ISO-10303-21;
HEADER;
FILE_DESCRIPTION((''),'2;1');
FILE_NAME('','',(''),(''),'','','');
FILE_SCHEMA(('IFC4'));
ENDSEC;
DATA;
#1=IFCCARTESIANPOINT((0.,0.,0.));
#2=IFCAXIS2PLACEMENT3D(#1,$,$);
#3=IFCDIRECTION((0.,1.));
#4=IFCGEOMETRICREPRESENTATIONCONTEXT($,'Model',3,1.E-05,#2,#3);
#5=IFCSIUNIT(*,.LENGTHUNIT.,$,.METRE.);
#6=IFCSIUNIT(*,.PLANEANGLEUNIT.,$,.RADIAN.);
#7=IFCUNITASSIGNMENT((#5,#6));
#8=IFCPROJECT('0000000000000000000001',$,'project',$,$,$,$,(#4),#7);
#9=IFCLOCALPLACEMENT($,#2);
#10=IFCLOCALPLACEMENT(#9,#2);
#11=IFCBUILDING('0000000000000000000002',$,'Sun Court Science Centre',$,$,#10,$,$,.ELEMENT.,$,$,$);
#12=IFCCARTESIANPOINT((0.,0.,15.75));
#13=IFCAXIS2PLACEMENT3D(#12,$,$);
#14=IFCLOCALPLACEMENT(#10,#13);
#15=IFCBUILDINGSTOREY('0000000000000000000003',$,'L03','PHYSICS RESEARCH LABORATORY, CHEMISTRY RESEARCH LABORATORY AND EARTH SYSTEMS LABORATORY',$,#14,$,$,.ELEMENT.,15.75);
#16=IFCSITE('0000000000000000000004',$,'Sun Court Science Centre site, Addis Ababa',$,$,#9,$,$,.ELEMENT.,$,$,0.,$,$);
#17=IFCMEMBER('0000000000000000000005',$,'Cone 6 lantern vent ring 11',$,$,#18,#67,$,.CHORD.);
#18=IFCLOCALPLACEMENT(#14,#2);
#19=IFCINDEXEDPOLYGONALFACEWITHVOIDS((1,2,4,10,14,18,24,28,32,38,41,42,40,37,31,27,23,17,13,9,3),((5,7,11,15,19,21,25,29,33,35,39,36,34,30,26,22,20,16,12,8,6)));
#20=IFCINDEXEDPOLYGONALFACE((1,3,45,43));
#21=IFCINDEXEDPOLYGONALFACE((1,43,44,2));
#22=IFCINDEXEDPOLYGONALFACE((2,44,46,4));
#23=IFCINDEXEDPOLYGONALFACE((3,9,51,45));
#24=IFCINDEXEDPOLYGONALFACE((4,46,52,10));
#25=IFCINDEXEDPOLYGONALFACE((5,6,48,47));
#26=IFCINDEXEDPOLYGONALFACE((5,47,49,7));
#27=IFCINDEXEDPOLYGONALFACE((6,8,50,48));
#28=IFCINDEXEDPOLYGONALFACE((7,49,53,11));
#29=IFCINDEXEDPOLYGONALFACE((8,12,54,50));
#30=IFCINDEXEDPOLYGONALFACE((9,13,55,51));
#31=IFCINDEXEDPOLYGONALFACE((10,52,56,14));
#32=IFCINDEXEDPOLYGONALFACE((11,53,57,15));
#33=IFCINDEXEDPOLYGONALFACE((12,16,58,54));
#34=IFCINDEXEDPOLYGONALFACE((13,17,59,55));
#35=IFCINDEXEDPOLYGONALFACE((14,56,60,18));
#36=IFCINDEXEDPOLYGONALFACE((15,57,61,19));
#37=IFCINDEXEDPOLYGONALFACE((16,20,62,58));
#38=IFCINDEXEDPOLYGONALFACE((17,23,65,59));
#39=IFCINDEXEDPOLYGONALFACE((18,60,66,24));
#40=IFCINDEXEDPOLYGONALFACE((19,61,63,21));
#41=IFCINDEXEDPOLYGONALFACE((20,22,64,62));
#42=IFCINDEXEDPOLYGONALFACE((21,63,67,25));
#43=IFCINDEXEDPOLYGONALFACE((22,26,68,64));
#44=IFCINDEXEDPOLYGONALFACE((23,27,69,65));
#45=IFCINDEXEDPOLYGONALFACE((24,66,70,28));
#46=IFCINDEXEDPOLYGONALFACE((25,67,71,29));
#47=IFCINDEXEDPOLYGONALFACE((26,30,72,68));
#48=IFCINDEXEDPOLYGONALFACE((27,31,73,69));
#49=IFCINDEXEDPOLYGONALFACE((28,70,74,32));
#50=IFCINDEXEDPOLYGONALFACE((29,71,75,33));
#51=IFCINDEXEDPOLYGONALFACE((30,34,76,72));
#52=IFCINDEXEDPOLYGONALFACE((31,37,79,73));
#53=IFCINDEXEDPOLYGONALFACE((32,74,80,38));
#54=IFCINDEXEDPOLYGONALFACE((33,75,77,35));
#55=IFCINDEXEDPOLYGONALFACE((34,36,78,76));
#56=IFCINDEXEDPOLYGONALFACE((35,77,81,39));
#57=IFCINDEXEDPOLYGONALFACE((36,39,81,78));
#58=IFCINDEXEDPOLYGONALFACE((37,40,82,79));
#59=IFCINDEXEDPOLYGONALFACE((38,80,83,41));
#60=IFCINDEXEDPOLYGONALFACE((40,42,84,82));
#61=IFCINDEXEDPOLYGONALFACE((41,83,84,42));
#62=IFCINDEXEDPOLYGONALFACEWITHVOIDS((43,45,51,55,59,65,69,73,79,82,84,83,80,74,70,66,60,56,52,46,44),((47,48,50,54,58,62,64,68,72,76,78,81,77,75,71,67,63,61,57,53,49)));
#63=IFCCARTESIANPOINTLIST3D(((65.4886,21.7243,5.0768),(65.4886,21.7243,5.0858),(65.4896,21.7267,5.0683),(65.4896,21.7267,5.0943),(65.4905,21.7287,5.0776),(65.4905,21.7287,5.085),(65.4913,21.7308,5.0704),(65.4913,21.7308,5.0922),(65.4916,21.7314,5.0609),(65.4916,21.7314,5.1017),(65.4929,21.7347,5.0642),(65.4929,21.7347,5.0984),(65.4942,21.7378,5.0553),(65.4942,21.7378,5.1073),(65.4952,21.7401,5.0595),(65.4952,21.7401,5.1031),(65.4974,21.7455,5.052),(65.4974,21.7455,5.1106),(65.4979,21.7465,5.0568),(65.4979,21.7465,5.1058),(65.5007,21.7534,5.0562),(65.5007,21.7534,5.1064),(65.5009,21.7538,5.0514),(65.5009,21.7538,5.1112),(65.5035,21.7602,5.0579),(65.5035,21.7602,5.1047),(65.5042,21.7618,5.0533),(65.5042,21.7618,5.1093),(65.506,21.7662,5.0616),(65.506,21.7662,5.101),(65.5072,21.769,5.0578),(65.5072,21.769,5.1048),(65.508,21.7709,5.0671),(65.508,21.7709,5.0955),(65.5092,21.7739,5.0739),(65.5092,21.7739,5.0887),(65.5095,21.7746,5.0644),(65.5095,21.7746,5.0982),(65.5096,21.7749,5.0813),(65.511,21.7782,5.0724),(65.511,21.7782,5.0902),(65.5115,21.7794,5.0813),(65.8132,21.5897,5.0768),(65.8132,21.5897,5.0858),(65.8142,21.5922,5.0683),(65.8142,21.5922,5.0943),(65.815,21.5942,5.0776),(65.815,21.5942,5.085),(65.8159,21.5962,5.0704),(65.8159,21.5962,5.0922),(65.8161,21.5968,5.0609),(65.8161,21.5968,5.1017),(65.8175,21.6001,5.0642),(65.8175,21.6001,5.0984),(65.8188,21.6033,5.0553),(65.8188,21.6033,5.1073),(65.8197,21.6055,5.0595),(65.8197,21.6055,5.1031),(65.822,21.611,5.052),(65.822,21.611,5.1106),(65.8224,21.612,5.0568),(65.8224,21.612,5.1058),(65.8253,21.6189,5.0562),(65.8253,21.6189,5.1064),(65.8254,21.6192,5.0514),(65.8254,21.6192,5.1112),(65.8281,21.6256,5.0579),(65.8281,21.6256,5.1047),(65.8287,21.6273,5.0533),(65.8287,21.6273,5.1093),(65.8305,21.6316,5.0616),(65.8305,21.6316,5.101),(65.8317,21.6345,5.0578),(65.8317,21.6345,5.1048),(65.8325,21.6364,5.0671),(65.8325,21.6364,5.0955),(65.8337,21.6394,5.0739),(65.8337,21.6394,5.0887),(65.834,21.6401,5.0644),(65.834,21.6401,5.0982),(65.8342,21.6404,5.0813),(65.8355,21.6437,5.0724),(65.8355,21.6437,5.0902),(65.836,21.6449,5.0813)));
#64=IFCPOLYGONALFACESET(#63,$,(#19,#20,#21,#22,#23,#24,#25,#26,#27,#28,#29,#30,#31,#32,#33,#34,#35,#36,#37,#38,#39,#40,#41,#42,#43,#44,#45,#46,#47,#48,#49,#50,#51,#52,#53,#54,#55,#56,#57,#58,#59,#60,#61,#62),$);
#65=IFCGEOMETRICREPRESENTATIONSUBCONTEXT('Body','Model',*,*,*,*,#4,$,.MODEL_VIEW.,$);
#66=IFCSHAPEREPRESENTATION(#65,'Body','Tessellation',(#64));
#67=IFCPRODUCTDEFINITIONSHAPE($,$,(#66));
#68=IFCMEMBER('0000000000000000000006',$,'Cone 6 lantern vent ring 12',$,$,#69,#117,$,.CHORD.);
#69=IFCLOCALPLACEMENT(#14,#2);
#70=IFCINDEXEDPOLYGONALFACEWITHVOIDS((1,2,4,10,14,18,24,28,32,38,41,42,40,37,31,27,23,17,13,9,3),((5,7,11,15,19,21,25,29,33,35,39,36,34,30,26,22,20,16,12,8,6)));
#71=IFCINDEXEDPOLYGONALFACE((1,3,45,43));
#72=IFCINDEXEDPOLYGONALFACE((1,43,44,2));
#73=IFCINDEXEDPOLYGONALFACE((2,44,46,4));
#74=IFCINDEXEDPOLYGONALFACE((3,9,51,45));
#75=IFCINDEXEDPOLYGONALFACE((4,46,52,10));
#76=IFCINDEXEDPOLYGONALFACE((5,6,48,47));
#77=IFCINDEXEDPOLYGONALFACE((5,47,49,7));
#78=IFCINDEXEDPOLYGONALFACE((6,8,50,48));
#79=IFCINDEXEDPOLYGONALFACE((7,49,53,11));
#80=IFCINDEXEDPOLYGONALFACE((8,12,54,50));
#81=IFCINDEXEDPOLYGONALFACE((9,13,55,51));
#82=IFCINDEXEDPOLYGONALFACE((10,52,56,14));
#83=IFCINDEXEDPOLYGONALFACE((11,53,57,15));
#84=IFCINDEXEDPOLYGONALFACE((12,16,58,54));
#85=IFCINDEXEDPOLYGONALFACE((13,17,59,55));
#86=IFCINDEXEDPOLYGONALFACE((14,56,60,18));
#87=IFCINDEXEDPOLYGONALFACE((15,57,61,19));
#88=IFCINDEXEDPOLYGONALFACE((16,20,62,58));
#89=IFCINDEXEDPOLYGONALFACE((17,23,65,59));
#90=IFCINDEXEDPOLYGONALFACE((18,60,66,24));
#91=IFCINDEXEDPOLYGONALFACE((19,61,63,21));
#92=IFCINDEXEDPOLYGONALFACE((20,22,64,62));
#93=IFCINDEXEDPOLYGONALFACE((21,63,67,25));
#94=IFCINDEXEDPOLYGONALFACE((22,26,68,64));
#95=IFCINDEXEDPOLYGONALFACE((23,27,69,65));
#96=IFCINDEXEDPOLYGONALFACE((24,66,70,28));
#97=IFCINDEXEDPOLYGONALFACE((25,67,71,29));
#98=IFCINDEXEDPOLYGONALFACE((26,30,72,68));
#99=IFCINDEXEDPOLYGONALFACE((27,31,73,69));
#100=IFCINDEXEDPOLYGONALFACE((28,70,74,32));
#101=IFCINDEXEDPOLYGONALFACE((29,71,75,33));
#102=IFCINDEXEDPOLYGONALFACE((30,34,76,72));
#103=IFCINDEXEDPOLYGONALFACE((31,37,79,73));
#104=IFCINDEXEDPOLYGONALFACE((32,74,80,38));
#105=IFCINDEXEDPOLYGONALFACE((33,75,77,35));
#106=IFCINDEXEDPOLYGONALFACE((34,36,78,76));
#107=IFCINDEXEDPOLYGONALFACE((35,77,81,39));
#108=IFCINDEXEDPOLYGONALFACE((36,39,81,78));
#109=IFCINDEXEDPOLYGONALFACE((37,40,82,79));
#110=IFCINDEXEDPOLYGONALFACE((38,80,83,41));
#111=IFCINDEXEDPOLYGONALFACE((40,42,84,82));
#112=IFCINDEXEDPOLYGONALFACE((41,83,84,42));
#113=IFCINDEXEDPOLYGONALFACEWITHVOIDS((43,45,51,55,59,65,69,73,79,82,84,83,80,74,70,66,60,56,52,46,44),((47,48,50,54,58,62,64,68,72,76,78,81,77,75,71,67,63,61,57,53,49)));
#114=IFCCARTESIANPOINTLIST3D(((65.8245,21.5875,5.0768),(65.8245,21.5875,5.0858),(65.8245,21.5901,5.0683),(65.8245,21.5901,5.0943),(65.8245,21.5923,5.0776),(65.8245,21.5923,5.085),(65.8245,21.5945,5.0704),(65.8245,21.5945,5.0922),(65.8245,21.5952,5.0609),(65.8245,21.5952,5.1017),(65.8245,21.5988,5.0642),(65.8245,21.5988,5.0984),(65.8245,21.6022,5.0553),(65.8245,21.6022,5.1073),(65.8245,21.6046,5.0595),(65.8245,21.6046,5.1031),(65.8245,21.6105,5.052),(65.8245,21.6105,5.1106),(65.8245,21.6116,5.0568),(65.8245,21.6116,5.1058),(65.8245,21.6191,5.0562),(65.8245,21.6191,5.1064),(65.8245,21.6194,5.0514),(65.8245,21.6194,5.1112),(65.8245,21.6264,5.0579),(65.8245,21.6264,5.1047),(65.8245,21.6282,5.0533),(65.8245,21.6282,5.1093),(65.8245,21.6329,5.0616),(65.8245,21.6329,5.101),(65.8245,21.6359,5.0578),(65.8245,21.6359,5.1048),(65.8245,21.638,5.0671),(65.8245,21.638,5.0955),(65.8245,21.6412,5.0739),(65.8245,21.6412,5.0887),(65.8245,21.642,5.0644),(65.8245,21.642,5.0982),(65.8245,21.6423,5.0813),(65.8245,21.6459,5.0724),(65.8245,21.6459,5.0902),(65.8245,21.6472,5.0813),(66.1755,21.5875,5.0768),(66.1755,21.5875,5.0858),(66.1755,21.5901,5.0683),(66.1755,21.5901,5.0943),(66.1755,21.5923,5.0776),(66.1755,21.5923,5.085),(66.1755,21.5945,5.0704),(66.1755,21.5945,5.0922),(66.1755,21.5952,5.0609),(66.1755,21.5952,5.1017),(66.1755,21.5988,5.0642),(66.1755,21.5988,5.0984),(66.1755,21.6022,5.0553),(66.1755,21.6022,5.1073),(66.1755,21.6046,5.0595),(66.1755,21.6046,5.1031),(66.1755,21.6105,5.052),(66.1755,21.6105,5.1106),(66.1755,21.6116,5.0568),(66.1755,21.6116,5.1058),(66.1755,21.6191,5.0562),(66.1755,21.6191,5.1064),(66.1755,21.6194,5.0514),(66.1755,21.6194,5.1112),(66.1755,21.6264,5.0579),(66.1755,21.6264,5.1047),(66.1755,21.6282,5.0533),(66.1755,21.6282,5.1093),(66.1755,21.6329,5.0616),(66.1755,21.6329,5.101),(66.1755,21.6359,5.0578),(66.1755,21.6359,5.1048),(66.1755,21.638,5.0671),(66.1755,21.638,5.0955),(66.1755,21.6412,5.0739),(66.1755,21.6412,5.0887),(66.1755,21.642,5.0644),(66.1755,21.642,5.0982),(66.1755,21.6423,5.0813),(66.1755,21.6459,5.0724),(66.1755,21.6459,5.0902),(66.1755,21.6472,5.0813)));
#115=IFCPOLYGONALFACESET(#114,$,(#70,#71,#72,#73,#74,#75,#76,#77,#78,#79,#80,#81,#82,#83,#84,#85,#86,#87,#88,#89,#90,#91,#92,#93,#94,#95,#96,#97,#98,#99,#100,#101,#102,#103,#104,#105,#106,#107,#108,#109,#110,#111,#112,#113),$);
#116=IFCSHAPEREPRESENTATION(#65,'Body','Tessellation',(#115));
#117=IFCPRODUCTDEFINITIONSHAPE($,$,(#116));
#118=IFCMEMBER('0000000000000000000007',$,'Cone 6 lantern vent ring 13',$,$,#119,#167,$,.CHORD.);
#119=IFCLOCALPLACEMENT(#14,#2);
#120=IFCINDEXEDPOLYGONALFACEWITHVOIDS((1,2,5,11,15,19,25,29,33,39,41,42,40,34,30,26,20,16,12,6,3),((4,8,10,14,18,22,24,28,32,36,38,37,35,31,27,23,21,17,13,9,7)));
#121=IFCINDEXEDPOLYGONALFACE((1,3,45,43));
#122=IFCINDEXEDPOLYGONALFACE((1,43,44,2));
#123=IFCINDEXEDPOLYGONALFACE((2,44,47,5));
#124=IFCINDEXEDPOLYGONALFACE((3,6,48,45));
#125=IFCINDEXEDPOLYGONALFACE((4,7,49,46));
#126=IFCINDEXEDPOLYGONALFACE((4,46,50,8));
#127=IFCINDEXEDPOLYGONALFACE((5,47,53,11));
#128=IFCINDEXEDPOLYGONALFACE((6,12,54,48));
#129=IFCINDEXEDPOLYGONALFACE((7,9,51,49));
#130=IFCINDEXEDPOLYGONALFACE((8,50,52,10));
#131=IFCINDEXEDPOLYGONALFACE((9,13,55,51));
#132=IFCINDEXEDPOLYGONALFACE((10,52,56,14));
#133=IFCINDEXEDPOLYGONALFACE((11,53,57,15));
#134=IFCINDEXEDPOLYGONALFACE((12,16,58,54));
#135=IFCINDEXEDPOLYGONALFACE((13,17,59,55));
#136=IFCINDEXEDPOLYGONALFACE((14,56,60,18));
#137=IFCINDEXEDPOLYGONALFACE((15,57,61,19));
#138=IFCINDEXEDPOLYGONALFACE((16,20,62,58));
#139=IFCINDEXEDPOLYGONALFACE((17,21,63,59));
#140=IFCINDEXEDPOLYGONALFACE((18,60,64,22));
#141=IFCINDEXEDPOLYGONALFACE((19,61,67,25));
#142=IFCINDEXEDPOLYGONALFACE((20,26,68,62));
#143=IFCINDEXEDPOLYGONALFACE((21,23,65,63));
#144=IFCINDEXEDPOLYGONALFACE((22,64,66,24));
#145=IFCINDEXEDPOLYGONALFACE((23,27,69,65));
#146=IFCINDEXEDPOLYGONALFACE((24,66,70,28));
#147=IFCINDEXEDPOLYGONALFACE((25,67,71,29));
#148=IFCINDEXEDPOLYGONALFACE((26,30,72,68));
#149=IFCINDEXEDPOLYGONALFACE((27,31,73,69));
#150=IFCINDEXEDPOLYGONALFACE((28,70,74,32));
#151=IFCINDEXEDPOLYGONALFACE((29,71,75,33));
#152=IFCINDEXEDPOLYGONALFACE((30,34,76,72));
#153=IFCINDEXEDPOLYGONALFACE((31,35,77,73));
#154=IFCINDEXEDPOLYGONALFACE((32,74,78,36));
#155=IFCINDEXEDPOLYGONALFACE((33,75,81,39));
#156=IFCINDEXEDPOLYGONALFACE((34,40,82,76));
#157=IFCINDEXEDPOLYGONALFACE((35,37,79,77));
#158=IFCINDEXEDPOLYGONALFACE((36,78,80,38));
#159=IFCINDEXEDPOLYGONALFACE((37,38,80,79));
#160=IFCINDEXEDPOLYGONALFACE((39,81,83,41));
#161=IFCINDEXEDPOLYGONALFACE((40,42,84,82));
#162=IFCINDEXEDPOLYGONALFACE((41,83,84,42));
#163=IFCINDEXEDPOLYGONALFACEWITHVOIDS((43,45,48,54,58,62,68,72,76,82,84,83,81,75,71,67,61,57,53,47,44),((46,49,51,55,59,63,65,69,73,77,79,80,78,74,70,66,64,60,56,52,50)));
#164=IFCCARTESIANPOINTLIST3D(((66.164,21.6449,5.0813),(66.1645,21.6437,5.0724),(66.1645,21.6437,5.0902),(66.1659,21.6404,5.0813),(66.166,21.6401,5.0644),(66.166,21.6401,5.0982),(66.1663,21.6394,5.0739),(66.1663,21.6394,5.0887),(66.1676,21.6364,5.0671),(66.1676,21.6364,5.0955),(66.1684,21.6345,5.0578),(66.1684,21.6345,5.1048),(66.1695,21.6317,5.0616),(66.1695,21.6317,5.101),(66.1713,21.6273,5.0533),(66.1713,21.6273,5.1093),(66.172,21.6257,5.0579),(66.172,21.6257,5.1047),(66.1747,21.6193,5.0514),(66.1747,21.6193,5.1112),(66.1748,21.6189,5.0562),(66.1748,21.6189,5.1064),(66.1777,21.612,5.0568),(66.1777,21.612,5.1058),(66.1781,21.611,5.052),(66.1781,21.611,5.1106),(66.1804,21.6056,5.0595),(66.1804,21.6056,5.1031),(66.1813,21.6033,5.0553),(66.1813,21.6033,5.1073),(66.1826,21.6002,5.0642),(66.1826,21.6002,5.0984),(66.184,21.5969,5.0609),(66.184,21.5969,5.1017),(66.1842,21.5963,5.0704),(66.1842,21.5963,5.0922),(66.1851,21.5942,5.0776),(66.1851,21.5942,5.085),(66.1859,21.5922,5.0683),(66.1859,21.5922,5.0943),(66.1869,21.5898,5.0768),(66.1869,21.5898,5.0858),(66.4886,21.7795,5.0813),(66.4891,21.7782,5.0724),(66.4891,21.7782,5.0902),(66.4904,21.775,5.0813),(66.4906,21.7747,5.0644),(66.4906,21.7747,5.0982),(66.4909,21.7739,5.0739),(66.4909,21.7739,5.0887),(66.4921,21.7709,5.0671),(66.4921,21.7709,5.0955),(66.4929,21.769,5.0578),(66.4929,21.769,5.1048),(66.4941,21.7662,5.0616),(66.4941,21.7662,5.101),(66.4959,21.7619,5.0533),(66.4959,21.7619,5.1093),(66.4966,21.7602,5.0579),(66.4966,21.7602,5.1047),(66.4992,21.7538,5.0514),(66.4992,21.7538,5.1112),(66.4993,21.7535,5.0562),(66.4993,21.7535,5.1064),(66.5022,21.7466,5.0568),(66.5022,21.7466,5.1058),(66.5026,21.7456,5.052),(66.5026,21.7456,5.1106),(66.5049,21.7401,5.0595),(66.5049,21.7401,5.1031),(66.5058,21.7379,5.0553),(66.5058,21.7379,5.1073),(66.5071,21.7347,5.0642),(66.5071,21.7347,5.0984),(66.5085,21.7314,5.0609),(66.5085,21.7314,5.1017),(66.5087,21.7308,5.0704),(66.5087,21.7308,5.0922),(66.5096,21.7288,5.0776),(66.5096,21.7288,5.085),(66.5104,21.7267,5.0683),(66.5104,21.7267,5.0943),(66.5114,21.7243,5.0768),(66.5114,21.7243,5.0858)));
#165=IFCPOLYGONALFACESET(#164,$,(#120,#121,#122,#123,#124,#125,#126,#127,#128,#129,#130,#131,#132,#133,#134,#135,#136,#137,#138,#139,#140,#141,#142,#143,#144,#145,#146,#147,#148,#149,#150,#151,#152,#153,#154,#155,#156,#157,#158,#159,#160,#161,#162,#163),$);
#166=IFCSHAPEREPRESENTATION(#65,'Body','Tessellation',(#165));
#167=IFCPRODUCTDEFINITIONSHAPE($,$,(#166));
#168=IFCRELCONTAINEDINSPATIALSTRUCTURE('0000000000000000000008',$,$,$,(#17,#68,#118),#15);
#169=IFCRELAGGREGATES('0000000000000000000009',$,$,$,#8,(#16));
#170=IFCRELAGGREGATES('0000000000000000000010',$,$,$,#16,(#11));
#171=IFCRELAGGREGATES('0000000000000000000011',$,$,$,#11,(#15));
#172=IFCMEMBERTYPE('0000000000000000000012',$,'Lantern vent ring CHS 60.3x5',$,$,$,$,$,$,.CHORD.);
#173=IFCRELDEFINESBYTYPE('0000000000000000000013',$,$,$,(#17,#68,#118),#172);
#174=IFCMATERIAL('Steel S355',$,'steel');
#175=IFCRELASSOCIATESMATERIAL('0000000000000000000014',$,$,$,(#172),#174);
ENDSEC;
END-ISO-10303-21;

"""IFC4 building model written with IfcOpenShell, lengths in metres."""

from ifc_helpers import new_model, si_unit, direction, frame, origin, origin_2d, place, context, subcontext, project, spatial, hollow_circle, extrude, material, material_profile, profile_set, type_object, element, save


model = new_model("IFC4")

# Units and contexts
model_context = context("Model", 3, precision=1e-05, world=origin(), true_north=direction((0.0, 1.0)))
body_context = subcontext(model_context, "Body", "Model", "MODEL_VIEW")
ifc_project = project(units=[si_unit("LENGTHUNIT", "METRE"), si_unit("PLANEANGLEUNIT", "RADIAN")], contexts=[model_context])

# Site, building, storey
site_placement = place(None, origin())
site = spatial("IfcSite", under=ifc_project, at=site_placement, Name="Sun Court Science Centre site, Addis Ababa", CompositionType="ELEMENT", RefElevation=0.0)
building_placement = place(site_placement, origin())
building = spatial("IfcBuilding", under=site, at=building_placement, Name="Sun Court Science Centre", CompositionType="ELEMENT")
storey_placement = place(building_placement, frame((0.0, 0.0, 15.75)))
storey = spatial("IfcBuildingStorey", under=building, at=storey_placement, Name="L03", Description="PHYSICS RESEARCH LABORATORY, CHEMISTRY RESEARCH LABORATORY AND EARTH SYSTEMS LABORATORY", CompositionType="ELEMENT", Elevation=15.75)

# Members
ifc_material_1 = material(Name="Steel S355", Category="steel")
ifc_material_profile_1 = material_profile(ifc_material_1, hollow_circle(Radius=0.03, WallThickness=0.0049, at=origin_2d()), Name="CHS 60.3x5")
ifc_profile_set_1 = profile_set([ifc_material_profile_1], Name="Steel S355")
member_type_1 = type_object("IfcMemberType", Name="Lantern vent ring CHS 60.3x5", PredefinedType="CHORD", material=ifc_profile_set_1)
member_1_placement = place(storey_placement, frame((65.5, 21.7517, 5.0813), z_axis=(0.923754, -0.382986, 0.0), x_axis=(0.382986, 0.923754, 0.0)))
element("IfcMember", 1, at=member_1_placement, inside=storey, type_object=member_type_1, Name="Cone 6 lantern vent ring 11", PredefinedType="CHORD", context=body_context, shape_type="SweptSolid", body=[
    extrude(hollow_circle(Radius=0.03, WallThickness=0.0049, at=origin_2d()), origin(), (0.0, 0.0, 1.0), 0.3513),
])
member_2_placement = place(storey_placement, frame((65.8245, 21.6172, 5.0813), z_axis=(1.0, 0.0, 0.0), x_axis=(0.0, 1.0, 0.0)))
element("IfcMember", 2, at=member_2_placement, inside=storey, type_object=member_type_1, Name="Cone 6 lantern vent ring 12", PredefinedType="CHORD", context=body_context, shape_type="SweptSolid", body=[
    extrude(hollow_circle(Radius=0.03, WallThickness=0.0049, at=origin_2d()), origin(), (0.0, 0.0, 1.0), 0.3511),
])
member_3_placement = place(storey_placement, frame((66.1755, 21.6172, 5.0813), z_axis=(0.923754, 0.382986, 0.0), x_axis=(-0.382986, 0.923754, 0.0)))
element("IfcMember", 3, at=member_3_placement, inside=storey, type_object=member_type_1, Name="Cone 6 lantern vent ring 13", PredefinedType="CHORD", context=body_context, shape_type="SweptSolid", body=[
    extrude(hollow_circle(Radius=0.03, WallThickness=0.0049, at=origin_2d()), origin(), (0.0, 0.0, 1.0), 0.3513),
])

save(model, "model.ifc")
